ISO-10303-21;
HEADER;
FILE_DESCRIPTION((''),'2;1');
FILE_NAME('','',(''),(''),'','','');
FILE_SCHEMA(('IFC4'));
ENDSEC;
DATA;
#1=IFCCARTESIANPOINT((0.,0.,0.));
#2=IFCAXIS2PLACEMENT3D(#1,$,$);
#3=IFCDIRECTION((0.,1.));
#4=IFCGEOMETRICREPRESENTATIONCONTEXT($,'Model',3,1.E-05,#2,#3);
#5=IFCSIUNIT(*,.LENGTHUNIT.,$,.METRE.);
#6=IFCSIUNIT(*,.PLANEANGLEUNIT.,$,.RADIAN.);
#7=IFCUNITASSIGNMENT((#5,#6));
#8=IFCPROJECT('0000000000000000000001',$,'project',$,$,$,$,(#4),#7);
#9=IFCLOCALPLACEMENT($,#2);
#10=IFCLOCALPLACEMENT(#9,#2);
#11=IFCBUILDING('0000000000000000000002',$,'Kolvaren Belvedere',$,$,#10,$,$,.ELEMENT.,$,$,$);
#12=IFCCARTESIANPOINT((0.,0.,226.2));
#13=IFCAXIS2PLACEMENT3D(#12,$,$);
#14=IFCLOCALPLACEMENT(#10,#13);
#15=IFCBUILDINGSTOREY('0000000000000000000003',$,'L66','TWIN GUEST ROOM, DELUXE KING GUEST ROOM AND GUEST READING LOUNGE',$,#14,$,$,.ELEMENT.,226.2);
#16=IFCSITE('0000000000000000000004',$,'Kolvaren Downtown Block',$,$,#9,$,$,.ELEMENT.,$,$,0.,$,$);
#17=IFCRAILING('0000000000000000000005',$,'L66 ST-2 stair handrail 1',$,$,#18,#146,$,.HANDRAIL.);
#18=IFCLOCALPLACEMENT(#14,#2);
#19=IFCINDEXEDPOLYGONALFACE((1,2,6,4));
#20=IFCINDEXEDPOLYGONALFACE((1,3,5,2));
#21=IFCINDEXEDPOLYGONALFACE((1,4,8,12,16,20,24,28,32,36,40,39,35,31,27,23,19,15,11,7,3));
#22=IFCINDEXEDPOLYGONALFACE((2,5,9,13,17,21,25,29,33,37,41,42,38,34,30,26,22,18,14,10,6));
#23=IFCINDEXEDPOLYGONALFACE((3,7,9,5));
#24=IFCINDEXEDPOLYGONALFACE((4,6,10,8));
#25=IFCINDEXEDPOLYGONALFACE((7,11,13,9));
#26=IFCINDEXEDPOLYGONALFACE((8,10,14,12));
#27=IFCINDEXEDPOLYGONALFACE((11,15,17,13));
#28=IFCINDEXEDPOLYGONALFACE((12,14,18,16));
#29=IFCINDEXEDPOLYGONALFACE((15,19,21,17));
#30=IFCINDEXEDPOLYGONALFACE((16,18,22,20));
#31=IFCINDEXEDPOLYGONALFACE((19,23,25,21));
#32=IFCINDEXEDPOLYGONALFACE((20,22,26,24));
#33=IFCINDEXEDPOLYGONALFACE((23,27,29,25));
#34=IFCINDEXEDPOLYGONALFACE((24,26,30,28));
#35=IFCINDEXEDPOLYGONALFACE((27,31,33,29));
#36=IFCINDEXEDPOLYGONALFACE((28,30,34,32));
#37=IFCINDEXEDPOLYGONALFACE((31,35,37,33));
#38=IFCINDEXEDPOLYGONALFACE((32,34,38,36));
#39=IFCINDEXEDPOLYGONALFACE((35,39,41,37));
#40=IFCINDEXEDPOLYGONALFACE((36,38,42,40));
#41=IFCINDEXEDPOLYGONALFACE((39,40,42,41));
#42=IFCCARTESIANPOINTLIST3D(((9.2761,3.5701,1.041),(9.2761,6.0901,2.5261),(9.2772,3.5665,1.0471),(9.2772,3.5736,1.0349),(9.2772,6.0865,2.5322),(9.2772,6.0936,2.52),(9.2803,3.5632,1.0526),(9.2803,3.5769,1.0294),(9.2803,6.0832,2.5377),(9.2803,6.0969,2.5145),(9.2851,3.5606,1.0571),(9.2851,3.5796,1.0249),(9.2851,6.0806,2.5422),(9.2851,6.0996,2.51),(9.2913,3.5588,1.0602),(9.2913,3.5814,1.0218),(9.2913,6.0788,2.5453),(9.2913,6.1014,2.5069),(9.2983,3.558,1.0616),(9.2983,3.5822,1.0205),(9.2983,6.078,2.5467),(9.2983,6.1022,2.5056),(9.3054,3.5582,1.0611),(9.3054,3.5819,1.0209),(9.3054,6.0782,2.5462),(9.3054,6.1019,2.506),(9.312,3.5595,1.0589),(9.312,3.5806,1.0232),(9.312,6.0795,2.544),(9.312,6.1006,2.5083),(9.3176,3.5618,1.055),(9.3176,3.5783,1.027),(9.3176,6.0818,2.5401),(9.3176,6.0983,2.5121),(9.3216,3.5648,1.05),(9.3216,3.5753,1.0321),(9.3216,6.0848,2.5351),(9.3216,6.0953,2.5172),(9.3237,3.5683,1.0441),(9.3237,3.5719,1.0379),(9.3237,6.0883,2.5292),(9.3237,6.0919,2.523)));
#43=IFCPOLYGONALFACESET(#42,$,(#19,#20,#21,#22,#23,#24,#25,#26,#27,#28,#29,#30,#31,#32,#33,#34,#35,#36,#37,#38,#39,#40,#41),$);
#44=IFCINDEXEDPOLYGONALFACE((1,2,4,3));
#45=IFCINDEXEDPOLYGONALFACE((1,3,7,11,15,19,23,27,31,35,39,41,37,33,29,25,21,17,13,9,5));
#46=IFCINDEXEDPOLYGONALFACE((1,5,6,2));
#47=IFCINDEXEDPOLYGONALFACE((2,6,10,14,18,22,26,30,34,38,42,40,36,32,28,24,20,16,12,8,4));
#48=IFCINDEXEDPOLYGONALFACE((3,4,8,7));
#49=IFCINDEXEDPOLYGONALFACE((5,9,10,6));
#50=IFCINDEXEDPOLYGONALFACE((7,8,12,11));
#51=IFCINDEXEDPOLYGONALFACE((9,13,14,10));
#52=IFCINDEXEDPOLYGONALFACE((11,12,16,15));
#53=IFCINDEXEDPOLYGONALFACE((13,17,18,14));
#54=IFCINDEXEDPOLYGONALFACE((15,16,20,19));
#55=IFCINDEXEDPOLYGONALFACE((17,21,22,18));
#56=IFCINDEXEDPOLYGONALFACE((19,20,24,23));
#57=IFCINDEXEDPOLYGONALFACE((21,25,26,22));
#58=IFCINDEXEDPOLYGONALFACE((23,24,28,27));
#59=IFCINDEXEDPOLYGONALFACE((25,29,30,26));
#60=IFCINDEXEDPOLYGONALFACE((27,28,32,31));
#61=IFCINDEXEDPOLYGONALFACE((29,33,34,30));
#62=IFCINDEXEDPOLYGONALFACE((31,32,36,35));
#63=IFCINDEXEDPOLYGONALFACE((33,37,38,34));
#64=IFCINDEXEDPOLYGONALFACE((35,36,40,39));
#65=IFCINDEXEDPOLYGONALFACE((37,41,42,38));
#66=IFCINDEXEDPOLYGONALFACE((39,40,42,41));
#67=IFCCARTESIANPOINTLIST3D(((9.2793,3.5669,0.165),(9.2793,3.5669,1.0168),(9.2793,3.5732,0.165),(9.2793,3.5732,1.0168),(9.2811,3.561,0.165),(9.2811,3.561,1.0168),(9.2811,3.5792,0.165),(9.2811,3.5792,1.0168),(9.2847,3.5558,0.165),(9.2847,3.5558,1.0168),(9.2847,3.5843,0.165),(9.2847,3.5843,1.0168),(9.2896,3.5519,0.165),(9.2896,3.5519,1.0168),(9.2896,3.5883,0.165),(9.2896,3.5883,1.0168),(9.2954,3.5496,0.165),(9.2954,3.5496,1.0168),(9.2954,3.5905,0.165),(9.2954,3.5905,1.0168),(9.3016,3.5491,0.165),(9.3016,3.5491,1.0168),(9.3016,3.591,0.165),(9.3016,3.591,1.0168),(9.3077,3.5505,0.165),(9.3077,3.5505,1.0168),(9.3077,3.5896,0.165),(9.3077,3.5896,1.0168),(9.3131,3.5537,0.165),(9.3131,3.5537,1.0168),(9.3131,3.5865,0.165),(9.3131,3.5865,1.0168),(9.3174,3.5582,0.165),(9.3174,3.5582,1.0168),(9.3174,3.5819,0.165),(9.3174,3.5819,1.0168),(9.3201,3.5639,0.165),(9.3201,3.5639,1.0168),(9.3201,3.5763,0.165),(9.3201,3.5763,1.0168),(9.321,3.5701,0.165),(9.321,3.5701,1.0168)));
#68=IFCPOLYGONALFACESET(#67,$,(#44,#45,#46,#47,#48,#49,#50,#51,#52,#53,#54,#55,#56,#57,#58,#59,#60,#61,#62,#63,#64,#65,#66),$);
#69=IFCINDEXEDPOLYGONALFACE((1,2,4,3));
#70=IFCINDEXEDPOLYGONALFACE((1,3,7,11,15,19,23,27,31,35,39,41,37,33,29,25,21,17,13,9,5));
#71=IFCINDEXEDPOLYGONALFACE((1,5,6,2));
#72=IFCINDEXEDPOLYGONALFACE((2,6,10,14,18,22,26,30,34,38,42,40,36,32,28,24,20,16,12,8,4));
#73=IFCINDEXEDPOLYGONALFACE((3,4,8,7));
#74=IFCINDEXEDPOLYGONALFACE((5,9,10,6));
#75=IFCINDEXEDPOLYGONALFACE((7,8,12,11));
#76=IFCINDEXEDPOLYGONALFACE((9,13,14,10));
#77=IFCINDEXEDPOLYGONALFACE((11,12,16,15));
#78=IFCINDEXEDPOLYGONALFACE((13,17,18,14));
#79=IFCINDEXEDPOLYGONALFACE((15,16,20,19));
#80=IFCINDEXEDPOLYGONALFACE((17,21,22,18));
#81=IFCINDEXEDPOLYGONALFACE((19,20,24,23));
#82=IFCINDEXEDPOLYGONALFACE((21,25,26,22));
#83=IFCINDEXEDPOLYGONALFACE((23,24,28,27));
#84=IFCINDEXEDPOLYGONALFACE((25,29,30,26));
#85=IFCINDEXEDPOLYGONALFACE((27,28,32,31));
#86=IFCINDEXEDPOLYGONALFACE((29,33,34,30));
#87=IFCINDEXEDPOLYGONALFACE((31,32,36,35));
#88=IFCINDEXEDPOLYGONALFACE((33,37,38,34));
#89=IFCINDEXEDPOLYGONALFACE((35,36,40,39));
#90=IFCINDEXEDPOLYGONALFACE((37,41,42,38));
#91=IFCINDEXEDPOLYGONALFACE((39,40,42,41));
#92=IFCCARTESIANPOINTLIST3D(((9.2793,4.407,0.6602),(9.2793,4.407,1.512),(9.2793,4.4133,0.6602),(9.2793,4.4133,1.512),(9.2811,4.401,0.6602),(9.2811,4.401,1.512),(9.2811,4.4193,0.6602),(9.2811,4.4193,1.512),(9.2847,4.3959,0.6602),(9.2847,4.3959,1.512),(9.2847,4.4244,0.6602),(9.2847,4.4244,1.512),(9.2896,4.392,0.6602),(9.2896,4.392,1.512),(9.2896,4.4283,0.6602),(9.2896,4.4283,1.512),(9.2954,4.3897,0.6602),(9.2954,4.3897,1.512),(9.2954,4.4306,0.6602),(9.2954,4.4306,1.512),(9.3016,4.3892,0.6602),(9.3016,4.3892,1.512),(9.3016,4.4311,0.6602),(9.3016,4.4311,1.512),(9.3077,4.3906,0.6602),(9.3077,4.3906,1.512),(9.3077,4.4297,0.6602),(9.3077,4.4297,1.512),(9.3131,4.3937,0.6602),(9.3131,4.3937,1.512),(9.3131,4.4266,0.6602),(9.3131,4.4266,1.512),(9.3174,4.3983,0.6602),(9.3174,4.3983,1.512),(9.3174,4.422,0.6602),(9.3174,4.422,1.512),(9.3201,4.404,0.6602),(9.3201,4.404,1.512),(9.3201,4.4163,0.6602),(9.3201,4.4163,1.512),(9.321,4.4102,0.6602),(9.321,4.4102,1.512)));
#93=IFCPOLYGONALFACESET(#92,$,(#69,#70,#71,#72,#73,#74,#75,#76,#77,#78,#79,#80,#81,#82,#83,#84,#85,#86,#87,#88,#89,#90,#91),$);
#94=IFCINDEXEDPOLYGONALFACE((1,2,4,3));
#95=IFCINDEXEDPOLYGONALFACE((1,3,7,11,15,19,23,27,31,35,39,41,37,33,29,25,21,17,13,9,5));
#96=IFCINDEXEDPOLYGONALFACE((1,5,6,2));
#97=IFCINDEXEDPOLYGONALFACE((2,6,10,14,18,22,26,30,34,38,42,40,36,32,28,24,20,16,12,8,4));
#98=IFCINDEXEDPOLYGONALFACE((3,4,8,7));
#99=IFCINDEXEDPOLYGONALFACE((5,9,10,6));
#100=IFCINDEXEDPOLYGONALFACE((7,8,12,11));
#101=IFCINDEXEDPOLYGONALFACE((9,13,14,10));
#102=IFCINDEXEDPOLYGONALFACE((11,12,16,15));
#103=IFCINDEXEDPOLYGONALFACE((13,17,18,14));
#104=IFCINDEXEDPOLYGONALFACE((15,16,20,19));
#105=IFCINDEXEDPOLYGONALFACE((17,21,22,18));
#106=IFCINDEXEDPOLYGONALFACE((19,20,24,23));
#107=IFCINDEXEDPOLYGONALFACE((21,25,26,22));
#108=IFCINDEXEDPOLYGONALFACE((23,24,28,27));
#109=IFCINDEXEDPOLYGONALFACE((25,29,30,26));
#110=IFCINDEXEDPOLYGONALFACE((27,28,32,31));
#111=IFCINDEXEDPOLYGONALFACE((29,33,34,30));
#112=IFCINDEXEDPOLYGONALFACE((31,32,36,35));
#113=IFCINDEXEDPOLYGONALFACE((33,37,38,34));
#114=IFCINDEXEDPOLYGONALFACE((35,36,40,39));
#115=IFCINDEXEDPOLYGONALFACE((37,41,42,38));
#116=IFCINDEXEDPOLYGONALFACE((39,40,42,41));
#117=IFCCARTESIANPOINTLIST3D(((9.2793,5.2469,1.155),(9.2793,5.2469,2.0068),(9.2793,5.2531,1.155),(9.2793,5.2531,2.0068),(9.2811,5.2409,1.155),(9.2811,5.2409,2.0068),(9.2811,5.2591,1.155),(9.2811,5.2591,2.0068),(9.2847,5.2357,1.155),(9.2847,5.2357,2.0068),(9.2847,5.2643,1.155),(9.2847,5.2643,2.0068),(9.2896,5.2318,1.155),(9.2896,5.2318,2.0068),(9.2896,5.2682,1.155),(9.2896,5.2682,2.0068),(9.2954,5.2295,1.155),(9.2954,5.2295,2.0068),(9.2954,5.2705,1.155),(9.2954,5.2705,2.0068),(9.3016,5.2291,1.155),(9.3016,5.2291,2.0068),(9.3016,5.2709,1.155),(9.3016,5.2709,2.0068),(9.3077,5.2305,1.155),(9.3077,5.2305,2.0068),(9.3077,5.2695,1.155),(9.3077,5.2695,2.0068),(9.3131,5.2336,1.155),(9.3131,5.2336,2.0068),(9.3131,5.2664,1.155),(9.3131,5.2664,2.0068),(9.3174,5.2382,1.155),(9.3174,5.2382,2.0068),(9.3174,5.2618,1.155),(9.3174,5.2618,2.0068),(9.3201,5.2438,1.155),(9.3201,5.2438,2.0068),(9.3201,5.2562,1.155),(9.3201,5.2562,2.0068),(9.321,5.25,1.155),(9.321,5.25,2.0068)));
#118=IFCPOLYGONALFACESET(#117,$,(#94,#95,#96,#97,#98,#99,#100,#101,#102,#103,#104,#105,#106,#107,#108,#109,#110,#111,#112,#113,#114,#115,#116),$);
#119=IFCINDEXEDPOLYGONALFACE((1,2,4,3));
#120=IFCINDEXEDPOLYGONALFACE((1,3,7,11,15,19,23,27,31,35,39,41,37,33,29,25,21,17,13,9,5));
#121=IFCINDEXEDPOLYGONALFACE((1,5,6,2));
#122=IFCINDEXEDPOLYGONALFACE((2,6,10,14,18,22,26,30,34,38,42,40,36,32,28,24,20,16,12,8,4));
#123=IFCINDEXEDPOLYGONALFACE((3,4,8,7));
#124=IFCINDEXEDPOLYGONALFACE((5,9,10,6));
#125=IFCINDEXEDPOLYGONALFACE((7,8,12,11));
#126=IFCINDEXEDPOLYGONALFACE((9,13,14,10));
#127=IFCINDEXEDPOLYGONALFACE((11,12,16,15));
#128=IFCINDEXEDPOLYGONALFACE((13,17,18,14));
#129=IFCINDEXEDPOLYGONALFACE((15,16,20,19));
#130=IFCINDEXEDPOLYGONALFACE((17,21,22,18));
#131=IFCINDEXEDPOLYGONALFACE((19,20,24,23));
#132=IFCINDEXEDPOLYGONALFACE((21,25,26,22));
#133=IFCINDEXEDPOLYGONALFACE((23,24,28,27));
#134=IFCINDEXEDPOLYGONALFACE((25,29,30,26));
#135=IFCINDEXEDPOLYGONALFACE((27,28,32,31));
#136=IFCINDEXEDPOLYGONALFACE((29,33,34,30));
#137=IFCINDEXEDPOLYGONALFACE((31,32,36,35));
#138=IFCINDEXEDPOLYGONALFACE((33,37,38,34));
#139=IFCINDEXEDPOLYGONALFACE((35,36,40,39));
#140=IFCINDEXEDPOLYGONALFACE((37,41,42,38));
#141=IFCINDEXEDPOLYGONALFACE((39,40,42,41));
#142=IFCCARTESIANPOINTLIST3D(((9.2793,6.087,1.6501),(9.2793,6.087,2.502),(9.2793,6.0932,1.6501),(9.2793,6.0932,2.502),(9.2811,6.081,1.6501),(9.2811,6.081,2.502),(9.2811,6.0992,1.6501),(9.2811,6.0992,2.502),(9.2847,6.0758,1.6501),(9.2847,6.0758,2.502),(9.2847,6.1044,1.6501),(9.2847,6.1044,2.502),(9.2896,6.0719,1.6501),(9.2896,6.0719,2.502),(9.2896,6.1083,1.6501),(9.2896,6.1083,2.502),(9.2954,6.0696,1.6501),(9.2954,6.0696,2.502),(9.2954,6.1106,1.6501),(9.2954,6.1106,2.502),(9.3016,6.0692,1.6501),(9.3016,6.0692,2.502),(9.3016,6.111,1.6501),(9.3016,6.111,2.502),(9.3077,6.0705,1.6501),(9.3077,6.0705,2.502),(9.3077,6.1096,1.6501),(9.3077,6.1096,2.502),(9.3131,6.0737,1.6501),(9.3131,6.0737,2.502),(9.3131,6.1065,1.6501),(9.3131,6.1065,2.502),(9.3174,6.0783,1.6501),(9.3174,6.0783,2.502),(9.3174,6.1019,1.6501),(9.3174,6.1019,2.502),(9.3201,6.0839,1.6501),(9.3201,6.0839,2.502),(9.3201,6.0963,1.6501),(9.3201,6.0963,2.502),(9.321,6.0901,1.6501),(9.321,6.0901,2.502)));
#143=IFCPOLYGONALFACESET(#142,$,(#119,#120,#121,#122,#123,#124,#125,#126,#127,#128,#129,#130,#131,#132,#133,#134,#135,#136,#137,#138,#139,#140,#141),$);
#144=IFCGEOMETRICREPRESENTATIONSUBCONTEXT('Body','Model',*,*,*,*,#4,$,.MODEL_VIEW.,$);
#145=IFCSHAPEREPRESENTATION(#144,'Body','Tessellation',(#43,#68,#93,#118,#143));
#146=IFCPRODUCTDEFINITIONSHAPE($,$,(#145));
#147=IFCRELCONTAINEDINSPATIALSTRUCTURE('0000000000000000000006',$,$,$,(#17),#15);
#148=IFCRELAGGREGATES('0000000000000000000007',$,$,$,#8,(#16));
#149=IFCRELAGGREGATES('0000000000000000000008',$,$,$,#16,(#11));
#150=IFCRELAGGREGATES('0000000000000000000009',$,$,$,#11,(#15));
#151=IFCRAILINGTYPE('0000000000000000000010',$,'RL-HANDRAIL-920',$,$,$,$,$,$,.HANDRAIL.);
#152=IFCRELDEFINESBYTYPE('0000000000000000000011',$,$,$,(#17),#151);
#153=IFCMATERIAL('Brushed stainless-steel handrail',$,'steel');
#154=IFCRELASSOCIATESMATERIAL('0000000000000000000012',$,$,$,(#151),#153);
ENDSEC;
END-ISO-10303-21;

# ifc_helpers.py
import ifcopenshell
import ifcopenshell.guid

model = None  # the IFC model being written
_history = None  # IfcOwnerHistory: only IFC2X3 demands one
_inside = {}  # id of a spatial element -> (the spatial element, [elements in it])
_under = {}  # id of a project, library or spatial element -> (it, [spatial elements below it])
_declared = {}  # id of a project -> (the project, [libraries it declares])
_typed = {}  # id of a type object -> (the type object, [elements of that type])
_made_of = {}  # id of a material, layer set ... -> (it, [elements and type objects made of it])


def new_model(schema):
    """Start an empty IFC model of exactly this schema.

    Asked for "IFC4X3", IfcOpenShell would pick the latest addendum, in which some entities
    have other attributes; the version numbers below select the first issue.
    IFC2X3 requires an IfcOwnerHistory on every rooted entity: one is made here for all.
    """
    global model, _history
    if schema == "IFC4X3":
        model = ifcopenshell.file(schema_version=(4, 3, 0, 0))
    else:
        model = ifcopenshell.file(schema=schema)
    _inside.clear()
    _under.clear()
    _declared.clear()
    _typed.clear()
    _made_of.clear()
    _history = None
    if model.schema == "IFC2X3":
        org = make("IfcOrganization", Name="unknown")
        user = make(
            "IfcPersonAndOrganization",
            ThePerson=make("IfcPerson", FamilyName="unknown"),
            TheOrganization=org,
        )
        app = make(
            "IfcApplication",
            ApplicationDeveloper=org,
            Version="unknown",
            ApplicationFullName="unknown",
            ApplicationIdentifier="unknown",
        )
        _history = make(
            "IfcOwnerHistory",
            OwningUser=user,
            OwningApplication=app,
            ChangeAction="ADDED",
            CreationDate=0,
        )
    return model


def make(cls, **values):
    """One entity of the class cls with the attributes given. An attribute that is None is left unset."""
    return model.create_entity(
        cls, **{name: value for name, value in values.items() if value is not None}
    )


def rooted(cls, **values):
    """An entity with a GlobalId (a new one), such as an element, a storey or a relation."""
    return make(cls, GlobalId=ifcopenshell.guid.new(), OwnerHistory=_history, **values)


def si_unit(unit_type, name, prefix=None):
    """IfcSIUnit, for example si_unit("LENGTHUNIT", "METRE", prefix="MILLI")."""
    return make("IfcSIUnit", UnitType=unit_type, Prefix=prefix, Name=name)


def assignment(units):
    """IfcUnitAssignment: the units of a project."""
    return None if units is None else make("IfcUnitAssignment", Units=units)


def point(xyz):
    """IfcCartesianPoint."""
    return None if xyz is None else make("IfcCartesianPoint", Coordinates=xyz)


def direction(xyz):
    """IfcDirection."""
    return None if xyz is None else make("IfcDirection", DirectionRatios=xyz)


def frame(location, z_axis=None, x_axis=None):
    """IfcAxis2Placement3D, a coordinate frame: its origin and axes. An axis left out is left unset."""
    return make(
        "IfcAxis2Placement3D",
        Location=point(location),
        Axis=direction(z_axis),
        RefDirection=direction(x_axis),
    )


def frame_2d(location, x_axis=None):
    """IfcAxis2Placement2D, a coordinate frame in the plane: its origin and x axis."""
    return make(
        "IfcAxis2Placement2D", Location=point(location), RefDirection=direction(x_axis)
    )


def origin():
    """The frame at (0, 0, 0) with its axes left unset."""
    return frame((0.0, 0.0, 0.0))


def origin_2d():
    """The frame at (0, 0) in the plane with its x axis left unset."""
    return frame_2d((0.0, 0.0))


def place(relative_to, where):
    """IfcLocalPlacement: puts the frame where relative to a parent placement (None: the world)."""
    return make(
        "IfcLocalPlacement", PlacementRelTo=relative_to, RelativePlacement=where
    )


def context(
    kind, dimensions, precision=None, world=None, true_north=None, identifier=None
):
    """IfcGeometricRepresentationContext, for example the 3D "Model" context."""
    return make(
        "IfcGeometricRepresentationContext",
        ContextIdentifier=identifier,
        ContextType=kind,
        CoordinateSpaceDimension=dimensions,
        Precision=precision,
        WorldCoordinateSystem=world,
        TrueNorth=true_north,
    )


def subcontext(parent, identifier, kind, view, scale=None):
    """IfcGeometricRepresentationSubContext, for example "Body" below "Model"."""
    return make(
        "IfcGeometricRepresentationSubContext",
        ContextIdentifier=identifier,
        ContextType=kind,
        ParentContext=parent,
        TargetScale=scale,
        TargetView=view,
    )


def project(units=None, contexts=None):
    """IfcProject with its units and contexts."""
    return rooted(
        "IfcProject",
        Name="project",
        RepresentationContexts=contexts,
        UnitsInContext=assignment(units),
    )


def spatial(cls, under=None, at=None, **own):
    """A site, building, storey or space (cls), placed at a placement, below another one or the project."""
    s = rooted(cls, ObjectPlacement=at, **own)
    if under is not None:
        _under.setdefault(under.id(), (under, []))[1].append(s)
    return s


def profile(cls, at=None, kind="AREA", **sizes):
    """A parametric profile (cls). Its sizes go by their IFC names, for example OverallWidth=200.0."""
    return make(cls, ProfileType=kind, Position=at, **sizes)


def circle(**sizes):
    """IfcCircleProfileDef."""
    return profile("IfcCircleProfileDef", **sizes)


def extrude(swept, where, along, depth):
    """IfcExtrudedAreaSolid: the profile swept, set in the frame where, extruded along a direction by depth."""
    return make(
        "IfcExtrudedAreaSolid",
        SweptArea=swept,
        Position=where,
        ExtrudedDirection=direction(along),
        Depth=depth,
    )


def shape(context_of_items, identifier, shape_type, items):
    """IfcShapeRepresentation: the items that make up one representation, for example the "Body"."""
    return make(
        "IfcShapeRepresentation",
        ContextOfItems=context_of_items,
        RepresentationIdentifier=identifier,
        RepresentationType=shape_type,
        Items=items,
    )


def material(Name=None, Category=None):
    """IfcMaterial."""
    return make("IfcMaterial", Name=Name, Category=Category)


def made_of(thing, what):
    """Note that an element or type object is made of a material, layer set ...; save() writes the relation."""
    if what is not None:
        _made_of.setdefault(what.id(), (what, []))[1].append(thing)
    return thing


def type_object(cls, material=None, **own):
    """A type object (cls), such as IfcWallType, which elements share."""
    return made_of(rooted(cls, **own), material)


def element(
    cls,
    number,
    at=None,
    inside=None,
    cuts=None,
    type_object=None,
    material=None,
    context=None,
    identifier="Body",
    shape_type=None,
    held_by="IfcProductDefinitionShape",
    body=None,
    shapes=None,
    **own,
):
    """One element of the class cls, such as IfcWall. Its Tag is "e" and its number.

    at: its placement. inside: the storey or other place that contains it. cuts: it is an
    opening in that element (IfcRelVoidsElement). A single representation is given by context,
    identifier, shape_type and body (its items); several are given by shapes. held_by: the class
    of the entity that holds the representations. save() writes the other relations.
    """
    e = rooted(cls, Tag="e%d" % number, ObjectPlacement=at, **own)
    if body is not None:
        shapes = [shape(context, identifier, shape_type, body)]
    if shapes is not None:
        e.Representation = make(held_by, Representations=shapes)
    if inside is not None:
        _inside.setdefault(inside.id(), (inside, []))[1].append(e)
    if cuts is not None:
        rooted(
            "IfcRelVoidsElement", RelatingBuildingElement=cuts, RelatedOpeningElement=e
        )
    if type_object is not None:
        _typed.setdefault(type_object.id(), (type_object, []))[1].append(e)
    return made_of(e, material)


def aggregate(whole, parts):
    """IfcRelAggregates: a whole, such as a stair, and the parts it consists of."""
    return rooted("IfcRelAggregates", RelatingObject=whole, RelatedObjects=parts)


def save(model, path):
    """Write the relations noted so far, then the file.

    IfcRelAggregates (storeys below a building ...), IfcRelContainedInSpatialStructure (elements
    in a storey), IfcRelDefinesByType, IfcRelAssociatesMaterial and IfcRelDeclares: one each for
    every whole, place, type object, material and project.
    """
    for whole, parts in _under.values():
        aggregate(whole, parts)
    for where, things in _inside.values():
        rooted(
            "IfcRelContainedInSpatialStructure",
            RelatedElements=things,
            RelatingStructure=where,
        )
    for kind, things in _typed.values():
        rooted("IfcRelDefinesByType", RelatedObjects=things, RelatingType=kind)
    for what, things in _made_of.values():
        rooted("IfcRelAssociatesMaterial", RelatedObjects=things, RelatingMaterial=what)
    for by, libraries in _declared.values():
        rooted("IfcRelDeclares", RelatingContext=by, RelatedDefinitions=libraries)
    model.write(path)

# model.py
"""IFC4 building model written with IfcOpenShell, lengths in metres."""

from ifc_helpers import new_model, si_unit, direction, frame, origin, origin_2d, place, context, subcontext, project, spatial, circle, extrude, material, type_object, element, save


model = new_model("IFC4")

# Units and contexts
model_context = context("Model", 3, precision=1e-05, world=origin(), true_north=direction((0.0, 1.0)))
body_context = subcontext(model_context, "Body", "Model", "MODEL_VIEW")
ifc_project = project(units=[si_unit("LENGTHUNIT", "METRE"), si_unit("PLANEANGLEUNIT", "RADIAN")], contexts=[model_context])

# Site, building, storey
site_placement = place(None, origin())
site = spatial("IfcSite", under=ifc_project, at=site_placement, Name="Kolvaren Downtown Block", CompositionType="ELEMENT", RefElevation=0.0)
building_placement = place(site_placement, origin())
building = spatial("IfcBuilding", under=site, at=building_placement, Name="Kolvaren Belvedere", CompositionType="ELEMENT")
storey_placement = place(building_placement, frame((0.0, 0.0, 226.2)))
storey = spatial("IfcBuildingStorey", under=building, at=storey_placement, Name="L66", Description="TWIN GUEST ROOM, DELUXE KING GUEST ROOM AND GUEST READING LOUNGE", CompositionType="ELEMENT", Elevation=226.2)

# Railing
ifc_material_1 = material(Name="Brushed stainless-steel handrail", Category="steel")
railing_type = type_object("IfcRailingType", Name="RL-HANDRAIL-920", PredefinedType="HANDRAIL", material=ifc_material_1)
railing_placement = place(storey_placement, frame((9.3, 3.5701, 0.165)))
element("IfcRailing", 1, at=railing_placement, inside=storey, type_object=railing_type, Name="L66 ST-2 stair handrail 1", PredefinedType="HANDRAIL", context=body_context, shape_type="SweptSolid", body=[
    extrude(circle(Radius=0.0239, at=origin_2d()), frame((0.0, 0.0, 0.876), z_axis=(0.0, 0.861524, 0.507717), x_axis=(-1.0, 0.0, 0.0)), (0.0, 0.0, 1.0), 2.925),
    extrude(circle(Radius=0.021, at=origin_2d()), origin(), (0.0, 0.0, 1.0), 0.8518),
    extrude(circle(Radius=0.021, at=origin_2d()), frame((0.0, 0.8401, 0.4951)), (0.0, 0.0, 1.0), 0.8518),
    extrude(circle(Radius=0.021, at=origin_2d()), frame((0.0, 1.6799, 0.99)), (0.0, 0.0, 1.0), 0.8518),
    extrude(circle(Radius=0.021, at=origin_2d()), frame((0.0, 2.52, 1.4851)), (0.0, 0.0, 1.0), 0.8518),
])

save(model, "model.ifc")
